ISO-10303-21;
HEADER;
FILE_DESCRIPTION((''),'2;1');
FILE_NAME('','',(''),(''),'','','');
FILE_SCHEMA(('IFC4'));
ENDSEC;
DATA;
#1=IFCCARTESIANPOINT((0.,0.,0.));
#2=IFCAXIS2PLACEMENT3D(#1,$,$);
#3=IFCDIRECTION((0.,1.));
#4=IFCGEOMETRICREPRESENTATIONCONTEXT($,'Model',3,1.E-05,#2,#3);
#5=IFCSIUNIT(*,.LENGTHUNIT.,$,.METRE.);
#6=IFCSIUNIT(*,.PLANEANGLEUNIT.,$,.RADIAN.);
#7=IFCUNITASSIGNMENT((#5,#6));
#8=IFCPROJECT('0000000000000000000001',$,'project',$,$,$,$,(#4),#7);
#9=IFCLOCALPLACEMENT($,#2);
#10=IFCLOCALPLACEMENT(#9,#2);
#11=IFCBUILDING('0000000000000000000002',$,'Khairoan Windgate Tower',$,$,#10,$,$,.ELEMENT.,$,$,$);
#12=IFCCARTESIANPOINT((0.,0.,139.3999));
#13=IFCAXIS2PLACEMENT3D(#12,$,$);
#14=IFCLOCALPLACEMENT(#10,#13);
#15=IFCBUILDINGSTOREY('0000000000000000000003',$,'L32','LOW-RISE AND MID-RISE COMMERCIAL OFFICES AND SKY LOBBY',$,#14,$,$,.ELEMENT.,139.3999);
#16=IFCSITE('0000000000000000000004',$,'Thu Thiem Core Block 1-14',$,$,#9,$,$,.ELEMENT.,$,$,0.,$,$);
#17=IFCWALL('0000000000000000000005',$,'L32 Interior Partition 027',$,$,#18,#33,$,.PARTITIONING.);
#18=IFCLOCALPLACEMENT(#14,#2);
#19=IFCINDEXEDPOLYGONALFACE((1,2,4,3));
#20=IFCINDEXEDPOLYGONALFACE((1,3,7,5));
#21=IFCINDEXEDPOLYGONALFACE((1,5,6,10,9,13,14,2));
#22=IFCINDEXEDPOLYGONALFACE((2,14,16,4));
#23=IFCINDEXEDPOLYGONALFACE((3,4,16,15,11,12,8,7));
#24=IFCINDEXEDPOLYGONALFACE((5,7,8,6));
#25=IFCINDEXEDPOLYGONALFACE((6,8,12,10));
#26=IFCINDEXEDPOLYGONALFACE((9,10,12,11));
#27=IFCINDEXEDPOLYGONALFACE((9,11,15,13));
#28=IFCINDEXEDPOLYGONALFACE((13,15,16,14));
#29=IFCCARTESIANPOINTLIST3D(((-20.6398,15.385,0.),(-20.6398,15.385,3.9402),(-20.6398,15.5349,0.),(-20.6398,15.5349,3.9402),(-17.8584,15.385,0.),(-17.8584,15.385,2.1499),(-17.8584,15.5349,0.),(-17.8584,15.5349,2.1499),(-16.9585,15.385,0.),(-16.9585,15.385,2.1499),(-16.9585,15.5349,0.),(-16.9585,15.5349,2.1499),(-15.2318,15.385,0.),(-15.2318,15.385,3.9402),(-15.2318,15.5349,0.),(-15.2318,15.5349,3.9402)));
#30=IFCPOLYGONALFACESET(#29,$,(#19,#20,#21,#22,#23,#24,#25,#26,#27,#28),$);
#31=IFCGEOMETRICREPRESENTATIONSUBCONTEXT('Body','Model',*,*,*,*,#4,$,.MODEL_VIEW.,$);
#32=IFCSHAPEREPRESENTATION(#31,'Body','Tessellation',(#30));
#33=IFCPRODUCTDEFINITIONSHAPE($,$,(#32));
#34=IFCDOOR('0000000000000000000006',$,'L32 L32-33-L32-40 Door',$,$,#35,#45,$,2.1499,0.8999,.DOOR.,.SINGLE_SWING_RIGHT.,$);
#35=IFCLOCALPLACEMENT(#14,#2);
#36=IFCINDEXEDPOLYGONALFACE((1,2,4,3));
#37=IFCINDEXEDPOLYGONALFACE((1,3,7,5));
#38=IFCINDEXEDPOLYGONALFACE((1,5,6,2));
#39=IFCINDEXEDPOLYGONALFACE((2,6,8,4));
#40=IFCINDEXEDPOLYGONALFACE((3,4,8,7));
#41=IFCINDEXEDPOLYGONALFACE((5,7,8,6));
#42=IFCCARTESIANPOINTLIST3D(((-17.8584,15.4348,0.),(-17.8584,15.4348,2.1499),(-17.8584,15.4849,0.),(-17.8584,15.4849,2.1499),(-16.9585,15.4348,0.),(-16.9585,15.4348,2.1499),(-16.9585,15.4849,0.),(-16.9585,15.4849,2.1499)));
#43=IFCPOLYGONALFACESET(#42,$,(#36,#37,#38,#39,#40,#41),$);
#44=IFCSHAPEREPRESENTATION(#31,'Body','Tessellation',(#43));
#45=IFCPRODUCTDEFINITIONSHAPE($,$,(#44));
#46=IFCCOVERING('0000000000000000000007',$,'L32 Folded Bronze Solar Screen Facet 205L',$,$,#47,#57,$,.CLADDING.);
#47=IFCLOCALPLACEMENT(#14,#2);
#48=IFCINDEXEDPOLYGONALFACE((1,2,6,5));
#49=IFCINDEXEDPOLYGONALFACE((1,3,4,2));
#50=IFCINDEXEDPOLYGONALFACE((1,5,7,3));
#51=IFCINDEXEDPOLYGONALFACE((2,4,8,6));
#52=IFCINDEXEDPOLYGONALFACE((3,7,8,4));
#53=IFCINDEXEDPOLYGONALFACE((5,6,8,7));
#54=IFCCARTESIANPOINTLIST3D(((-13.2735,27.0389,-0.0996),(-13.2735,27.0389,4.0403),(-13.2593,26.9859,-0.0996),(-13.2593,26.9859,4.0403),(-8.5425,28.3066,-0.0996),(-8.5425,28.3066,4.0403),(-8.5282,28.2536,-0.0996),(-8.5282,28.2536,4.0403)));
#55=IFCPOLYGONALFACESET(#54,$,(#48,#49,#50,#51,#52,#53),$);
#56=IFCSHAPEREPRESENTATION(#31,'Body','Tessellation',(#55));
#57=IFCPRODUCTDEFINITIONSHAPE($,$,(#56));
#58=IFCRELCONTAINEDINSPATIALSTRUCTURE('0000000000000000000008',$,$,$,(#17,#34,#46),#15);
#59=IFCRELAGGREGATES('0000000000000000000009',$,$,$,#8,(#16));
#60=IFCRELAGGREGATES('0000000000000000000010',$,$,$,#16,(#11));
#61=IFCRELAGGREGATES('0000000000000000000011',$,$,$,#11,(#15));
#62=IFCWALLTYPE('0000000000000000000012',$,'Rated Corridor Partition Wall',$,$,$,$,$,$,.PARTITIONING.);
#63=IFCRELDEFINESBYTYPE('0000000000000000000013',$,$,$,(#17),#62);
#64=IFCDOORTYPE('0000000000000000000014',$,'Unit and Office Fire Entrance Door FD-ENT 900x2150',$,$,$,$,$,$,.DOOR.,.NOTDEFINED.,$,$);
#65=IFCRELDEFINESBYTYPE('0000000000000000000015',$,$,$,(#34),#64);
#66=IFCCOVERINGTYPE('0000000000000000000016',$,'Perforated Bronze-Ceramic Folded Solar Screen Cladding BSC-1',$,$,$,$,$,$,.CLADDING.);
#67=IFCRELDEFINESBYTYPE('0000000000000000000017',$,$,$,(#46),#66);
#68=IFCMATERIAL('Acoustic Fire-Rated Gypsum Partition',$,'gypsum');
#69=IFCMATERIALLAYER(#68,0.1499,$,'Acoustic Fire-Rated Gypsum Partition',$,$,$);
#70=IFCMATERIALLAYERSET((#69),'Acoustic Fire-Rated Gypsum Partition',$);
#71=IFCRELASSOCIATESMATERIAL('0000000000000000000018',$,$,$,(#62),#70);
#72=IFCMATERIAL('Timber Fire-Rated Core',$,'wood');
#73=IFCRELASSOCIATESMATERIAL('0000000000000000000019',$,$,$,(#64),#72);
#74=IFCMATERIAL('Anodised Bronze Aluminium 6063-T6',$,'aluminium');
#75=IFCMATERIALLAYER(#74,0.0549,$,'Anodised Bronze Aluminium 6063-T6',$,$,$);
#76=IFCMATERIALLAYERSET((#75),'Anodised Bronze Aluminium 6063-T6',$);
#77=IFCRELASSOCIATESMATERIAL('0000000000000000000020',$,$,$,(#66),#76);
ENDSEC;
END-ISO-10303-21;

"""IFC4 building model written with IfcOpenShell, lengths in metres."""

from ifc_helpers import new_model, si_unit, direction, frame, frame_2d, origin, origin_2d, place, context, subcontext, project, spatial, rectangle, extrude, material, layer, layer_set, type_object, element, fill, save


model = new_model("IFC4")

# Units and contexts
model_context = context("Model", 3, precision=1e-05, world=origin(), true_north=direction((0.0, 1.0)))
body_context = subcontext(model_context, "Body", "Model", "MODEL_VIEW")
ifc_project = project(units=[si_unit("LENGTHUNIT", "METRE"), si_unit("PLANEANGLEUNIT", "RADIAN")], contexts=[model_context])

# Site, building, storey
site_placement = place(None, origin())
site = spatial("IfcSite", under=ifc_project, at=site_placement, Name="Thu Thiem Core Block 1-14", CompositionType="ELEMENT", RefElevation=0.0)
building_placement = place(site_placement, origin())
building = spatial("IfcBuilding", under=site, at=building_placement, Name="Khairoan Windgate Tower", CompositionType="ELEMENT")
storey_placement = place(building_placement, frame((0.0, 0.0, 139.3999)))
storey = spatial("IfcBuildingStorey", under=building, at=storey_placement, Name="L32", Description="LOW-RISE AND MID-RISE COMMERCIAL OFFICES AND SKY LOBBY", CompositionType="ELEMENT", Elevation=139.3999)

# Wall, opening, door
ifc_material_1 = material(Name="Acoustic Fire-Rated Gypsum Partition", Category="gypsum")
ifc_layer_1 = layer(ifc_material_1, 0.1499, Name="Acoustic Fire-Rated Gypsum Partition")
ifc_layer_set_1 = layer_set([ifc_layer_1], Name="Acoustic Fire-Rated Gypsum Partition")
wall_type_1 = type_object("IfcWallType", Name="Rated Corridor Partition Wall", PredefinedType="PARTITIONING", material=ifc_layer_set_1)
ifc_material_2 = material(Name="Timber Fire-Rated Core", Category="wood")
door_type = type_object("IfcDoorType", Name="Unit and Office Fire Entrance Door FD-ENT 900x2150", OperationType="NOTDEFINED", PredefinedType="DOOR", material=ifc_material_2)
wall_1_placement = place(storey_placement, frame((-20.6399, 15.46, 0.0), z_axis=(0.0, 0.0, 1.0), x_axis=(1.0, 0.0, 0.0)))
wall_1 = element("IfcWall", 1, at=wall_1_placement, inside=storey, type_object=wall_type_1, Name="L32 Interior Partition 027", PredefinedType="PARTITIONING", context=body_context, shape_type="SweptSolid", body=[
    extrude(rectangle(XDim=5.408, YDim=0.1499, at=frame_2d((2.7041, 0.0))), origin(), (0.0, 0.0, 1.0), 3.9402),
])
opening_1_placement = place(wall_1_placement, frame((2.7815, 0.0, 0.0)))
opening_1 = element("IfcOpeningElement", 2, at=opening_1_placement, cuts=wall_1, PredefinedType="OPENING", context=body_context, shape_type="SweptSolid", body=[
    extrude(rectangle(XDim=0.8999, YDim=2.1499, at=frame_2d((0.45, 1.075))), frame((0.0, 0.085, 0.0), z_axis=(0.0, -1.0, 0.0), x_axis=(1.0, 0.0, 0.0)), (0.0, 0.0, 1.0), 0.1699),
])
door_1_placement = place(opening_1_placement, origin())
door_1 = element("IfcDoor", 3, at=door_1_placement, inside=storey, type_object=door_type, Name="L32 L32-33-L32-40 Door", OperationType="SINGLE_SWING_RIGHT", OverallHeight=2.1499, OverallWidth=0.8999, PredefinedType="DOOR", context=body_context, shape_type="SweptSolid", body=[
    extrude(rectangle(XDim=0.8999, YDim=2.1499, at=frame_2d((0.45, 1.075))), frame((0.0, 0.0249, 0.0), z_axis=(0.0, -1.0, 0.0), x_axis=(1.0, 0.0, 0.0)), (0.0, 0.0, 1.0), 0.05),
])
fill(opening_1, door_1)

# Covering
ifc_material_3 = material(Name="Anodised Bronze Aluminium 6063-T6", Category="aluminium")
ifc_layer_2 = layer(ifc_material_3, 0.0549, Name="Anodised Bronze Aluminium 6063-T6")
ifc_layer_set_2 = layer_set([ifc_layer_2], Name="Anodised Bronze Aluminium 6063-T6")
covering_type = type_object("IfcCoveringType", Name="Perforated Bronze-Ceramic Folded Solar Screen Cladding BSC-1", PredefinedType="CLADDING", material=ifc_layer_set_2)
covering_placement = place(storey_placement, frame((-10.9009, 27.6462, -0.0996), z_axis=(0.0, 0.0, 1.0), x_axis=(0.965926, 0.258819, 0.0)))
element("IfcCovering", 4, at=covering_placement, inside=storey, type_object=covering_type, Name="L32 Folded Bronze Solar Screen Facet 205L", PredefinedType="CLADDING", context=body_context, shape_type="SweptSolid", body=[
    extrude(rectangle(XDim=4.8979, YDim=0.0549, at=origin_2d()), origin(), (0.0, 0.0, 1.0), 4.1399),
])

save(model, "model.ifc")
